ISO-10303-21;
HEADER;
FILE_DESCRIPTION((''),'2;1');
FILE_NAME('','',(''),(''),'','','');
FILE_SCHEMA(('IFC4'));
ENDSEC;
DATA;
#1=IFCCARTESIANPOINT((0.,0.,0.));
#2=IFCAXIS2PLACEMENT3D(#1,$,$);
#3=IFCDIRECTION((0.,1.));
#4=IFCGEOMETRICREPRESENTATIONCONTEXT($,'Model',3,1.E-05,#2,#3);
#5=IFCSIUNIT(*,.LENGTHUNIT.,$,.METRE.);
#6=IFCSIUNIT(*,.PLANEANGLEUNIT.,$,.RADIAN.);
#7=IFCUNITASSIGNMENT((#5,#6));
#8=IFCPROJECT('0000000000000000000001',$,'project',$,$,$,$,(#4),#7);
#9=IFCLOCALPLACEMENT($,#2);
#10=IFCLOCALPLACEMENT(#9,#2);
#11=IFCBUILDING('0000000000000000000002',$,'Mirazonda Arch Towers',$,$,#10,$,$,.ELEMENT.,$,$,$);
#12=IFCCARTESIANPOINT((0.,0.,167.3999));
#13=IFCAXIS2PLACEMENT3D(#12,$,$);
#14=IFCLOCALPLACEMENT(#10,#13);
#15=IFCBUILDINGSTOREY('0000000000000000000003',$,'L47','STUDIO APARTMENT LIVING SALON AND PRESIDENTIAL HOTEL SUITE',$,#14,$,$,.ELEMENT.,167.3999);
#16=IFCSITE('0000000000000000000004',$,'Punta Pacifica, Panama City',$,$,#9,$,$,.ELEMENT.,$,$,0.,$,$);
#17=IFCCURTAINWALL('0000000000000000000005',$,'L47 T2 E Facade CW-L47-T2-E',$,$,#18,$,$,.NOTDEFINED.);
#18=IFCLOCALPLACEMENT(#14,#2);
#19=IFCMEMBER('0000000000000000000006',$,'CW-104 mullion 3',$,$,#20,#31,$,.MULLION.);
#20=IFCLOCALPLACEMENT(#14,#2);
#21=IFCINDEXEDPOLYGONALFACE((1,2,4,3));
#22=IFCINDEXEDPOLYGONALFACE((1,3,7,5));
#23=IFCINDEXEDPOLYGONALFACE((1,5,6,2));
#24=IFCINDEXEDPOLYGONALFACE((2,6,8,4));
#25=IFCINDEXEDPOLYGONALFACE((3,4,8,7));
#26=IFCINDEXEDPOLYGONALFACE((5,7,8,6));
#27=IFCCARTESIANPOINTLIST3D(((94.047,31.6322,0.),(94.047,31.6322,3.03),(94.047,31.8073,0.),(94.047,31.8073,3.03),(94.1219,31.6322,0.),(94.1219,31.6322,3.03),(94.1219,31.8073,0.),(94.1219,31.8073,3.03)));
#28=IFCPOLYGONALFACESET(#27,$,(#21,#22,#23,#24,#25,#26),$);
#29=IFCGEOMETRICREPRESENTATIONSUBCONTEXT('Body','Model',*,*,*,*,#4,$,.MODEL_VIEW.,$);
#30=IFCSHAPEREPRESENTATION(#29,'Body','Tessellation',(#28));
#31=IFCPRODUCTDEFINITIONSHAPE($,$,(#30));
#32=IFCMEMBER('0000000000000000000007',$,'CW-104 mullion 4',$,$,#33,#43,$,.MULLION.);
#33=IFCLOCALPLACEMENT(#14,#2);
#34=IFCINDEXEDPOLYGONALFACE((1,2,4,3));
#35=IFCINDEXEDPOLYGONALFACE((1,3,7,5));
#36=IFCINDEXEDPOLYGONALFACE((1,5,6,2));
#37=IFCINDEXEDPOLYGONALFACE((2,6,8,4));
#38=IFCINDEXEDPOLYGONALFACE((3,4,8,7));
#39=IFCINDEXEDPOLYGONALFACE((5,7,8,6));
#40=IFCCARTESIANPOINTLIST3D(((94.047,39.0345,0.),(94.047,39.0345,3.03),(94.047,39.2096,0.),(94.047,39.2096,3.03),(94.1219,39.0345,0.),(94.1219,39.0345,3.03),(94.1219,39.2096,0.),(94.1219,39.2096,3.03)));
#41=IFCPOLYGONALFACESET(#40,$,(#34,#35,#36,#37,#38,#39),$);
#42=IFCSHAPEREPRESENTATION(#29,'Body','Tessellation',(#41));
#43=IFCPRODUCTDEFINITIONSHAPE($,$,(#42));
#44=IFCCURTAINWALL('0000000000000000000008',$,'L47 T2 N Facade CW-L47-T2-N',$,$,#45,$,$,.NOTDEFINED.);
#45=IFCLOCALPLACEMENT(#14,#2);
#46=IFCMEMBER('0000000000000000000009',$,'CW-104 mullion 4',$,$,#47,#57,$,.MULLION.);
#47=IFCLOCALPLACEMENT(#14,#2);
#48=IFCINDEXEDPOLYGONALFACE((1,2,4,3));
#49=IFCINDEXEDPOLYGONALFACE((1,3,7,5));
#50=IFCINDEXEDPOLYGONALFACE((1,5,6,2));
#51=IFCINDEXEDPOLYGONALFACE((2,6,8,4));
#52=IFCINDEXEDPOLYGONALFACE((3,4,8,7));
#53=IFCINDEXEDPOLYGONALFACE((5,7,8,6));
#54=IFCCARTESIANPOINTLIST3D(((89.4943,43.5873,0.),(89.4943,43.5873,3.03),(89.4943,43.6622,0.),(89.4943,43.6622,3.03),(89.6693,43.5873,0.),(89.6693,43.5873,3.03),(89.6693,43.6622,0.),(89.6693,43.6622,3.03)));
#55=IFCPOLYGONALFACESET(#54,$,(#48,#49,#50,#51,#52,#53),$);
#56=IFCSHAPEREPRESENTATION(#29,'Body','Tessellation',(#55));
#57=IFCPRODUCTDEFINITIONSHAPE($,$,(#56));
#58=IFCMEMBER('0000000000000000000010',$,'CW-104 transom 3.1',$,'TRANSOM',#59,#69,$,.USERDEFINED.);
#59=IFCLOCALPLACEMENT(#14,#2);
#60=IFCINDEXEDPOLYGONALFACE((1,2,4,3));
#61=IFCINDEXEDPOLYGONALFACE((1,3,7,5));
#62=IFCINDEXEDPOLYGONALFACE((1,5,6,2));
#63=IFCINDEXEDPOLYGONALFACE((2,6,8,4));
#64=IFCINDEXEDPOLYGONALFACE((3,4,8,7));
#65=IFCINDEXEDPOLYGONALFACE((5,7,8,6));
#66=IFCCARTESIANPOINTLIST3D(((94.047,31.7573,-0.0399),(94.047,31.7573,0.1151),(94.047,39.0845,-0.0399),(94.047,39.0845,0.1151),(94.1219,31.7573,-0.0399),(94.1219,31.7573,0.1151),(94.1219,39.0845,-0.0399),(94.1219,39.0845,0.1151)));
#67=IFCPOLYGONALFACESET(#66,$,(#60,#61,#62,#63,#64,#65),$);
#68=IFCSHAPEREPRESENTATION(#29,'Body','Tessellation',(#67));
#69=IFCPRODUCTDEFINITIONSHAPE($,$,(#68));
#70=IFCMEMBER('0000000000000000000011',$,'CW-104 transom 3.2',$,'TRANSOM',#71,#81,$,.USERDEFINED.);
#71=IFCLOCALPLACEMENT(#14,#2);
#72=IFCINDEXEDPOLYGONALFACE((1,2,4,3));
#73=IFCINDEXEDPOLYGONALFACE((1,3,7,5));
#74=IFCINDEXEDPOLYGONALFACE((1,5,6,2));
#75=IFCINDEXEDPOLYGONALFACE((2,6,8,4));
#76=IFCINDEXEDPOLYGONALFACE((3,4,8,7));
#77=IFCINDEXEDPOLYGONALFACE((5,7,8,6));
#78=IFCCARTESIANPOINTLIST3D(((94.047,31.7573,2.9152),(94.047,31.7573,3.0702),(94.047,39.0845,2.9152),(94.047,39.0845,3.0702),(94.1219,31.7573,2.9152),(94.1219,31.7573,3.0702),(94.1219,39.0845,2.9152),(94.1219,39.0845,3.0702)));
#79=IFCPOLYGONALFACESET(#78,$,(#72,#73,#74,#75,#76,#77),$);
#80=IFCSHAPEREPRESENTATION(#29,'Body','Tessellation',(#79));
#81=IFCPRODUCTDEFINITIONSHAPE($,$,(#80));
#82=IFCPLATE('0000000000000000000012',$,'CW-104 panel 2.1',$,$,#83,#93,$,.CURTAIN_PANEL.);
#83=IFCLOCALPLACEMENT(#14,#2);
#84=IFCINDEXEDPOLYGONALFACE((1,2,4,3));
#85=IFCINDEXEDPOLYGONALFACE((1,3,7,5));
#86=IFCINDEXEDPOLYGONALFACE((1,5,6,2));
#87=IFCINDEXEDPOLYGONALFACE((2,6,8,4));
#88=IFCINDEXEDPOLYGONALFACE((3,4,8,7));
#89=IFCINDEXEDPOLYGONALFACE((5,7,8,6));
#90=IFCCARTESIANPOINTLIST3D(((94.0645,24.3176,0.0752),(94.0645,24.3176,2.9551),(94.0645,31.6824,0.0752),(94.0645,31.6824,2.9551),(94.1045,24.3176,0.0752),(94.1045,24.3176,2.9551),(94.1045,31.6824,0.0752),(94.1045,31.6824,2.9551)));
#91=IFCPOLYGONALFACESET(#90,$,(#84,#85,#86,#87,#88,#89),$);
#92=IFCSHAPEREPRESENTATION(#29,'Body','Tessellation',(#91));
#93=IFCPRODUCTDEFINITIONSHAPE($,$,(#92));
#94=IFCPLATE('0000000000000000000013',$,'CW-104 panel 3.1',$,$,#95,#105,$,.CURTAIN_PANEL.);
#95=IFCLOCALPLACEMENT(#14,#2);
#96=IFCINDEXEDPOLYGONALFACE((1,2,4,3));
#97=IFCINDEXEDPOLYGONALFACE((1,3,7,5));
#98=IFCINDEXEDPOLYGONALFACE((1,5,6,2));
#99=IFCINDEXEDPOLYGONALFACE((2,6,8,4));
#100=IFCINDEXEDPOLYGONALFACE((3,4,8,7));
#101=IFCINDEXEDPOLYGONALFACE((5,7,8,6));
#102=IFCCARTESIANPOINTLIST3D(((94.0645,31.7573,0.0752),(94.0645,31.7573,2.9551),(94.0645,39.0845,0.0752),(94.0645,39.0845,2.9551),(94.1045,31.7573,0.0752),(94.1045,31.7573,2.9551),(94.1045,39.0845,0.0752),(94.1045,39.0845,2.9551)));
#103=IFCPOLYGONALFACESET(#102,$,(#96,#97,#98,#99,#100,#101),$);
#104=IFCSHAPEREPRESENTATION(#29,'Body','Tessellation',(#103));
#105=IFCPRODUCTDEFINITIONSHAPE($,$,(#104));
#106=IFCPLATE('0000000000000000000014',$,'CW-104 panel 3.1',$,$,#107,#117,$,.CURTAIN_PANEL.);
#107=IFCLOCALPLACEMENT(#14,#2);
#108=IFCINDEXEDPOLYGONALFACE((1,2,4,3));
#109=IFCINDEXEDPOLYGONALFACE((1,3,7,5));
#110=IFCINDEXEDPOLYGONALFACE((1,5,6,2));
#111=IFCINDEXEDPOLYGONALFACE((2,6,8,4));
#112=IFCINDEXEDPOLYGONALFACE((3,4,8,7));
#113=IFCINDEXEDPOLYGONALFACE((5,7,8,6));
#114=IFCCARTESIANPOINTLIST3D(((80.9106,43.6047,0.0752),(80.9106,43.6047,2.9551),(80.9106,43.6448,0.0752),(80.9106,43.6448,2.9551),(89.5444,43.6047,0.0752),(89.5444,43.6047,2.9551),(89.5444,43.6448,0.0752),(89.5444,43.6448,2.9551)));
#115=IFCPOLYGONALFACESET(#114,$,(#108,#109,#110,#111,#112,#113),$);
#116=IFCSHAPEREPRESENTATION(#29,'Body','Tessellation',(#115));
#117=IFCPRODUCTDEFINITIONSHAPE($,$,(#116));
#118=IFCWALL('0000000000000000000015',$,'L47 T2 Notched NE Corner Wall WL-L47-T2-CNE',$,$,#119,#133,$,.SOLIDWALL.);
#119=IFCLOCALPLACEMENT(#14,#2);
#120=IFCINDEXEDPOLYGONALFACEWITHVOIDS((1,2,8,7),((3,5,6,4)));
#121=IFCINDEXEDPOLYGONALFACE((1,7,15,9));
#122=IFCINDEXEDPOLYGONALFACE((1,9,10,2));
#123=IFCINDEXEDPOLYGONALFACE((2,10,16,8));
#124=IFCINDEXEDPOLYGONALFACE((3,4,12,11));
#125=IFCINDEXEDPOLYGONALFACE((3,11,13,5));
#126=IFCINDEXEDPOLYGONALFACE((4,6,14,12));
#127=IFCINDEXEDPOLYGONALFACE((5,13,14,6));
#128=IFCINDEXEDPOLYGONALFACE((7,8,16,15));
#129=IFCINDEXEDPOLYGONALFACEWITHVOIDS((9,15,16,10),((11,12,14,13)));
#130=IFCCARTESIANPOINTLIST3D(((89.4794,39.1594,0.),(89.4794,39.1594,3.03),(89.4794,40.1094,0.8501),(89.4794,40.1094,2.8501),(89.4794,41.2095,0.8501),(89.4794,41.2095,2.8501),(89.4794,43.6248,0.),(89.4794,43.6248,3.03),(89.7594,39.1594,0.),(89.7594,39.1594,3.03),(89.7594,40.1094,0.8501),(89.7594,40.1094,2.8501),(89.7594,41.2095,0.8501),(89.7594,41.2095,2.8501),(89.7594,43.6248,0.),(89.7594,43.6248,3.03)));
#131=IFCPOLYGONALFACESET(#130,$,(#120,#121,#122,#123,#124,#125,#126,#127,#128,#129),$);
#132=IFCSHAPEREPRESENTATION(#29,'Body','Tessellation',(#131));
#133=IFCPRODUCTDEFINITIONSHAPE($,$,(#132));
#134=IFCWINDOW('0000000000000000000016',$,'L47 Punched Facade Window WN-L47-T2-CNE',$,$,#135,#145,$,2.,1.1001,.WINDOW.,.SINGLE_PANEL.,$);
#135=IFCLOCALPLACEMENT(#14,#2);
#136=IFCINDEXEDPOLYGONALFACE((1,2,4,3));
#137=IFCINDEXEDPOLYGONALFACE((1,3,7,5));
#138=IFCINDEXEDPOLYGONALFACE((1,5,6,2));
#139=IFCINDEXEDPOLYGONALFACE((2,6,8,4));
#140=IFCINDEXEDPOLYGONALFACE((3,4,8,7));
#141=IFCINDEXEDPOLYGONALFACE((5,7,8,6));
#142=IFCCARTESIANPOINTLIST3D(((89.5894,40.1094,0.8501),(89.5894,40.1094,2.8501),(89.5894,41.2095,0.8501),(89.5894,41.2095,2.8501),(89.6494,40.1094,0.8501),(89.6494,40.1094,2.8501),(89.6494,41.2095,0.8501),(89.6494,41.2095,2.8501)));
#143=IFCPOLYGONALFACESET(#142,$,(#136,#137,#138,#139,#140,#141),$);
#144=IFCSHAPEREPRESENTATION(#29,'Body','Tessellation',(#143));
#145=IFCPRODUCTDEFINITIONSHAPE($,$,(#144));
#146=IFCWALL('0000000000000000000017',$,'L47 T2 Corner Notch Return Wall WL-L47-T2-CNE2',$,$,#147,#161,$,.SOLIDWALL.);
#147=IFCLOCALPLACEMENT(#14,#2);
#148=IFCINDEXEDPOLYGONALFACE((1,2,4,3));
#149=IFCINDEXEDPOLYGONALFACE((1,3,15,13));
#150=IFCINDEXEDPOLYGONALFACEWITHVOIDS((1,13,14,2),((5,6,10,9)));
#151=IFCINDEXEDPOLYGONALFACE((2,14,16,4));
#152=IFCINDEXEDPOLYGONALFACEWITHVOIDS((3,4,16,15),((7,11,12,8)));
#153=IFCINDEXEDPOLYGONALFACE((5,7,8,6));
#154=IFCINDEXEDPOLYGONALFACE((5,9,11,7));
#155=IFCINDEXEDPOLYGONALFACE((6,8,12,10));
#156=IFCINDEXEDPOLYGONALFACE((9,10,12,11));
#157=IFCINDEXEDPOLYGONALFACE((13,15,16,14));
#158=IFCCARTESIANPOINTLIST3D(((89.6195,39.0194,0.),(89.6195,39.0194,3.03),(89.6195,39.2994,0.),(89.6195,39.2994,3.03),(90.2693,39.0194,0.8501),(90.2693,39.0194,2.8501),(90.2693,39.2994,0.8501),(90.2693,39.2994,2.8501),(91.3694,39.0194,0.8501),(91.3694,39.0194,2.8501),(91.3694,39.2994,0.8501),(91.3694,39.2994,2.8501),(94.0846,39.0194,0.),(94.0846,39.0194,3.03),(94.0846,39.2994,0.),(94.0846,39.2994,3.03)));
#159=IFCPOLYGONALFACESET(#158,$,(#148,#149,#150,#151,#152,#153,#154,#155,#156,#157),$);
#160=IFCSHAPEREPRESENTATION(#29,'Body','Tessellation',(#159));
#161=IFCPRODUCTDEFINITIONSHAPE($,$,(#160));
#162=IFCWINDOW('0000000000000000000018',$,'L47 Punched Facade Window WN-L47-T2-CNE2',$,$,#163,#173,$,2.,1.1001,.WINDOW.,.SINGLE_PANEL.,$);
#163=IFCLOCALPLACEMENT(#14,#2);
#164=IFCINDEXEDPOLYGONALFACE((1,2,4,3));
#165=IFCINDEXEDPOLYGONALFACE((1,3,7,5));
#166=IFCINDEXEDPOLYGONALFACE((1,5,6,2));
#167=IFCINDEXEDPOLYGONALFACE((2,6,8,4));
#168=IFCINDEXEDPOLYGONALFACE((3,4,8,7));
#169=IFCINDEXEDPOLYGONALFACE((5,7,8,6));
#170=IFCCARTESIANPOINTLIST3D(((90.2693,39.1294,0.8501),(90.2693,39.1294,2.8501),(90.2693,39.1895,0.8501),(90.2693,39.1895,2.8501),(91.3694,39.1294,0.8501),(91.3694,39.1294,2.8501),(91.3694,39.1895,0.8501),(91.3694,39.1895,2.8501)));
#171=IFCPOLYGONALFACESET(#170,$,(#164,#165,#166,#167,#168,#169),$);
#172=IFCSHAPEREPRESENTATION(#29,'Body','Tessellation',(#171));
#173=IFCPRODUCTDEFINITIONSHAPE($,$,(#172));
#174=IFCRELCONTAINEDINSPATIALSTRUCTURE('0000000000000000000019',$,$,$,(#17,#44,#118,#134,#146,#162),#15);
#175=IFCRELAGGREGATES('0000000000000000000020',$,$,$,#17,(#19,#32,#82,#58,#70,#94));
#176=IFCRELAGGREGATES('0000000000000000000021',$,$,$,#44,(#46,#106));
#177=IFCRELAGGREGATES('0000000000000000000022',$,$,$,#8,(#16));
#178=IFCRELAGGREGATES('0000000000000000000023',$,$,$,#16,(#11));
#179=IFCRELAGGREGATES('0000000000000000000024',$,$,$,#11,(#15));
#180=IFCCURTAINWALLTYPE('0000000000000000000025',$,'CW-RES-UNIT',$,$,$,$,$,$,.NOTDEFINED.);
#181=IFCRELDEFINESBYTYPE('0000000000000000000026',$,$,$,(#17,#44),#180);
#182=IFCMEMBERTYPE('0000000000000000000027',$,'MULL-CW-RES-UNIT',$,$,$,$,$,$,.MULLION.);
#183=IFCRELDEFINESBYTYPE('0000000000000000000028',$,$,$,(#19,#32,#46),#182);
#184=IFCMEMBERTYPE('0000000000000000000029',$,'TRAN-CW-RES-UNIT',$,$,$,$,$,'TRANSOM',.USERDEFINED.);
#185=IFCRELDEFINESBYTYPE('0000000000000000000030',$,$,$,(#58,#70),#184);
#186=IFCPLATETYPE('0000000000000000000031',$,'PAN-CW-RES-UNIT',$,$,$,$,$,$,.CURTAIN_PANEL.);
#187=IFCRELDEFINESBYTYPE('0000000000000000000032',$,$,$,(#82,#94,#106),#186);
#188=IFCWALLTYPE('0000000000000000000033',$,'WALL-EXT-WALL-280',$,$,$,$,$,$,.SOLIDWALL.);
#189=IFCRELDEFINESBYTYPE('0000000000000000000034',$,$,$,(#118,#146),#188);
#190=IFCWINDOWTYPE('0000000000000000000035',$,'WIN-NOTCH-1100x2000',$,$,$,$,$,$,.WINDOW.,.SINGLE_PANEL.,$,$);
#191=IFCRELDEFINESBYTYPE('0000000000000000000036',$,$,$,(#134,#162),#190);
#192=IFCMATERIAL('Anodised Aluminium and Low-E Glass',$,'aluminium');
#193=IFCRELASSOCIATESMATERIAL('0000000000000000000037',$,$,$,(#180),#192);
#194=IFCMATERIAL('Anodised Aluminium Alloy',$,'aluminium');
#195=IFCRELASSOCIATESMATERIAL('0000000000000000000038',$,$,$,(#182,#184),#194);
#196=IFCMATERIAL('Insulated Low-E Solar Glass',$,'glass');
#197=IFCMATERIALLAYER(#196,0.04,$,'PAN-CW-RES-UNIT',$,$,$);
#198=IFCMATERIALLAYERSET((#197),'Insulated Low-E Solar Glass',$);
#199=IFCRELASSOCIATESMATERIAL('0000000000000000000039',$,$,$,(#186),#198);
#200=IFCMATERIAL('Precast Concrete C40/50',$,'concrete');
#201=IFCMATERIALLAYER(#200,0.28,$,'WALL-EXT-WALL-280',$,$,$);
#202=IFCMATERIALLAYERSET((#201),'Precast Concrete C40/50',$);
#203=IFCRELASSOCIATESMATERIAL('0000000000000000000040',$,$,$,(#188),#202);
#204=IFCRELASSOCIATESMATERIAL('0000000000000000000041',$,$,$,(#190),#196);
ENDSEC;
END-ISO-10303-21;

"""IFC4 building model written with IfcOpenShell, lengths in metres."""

from ifc_helpers import new_model, si_unit, direction, frame, frame_2d, origin, origin_2d, place, context, subcontext, project, spatial, rectangle, extrude, material, layer, layer_set, material_profile, profile_set, type_object, element, fill, aggregate, save


model = new_model("IFC4")

# Units and contexts
model_context = context("Model", 3, precision=1e-05, world=origin(), true_north=direction((0.0, 1.0)))
body_context = subcontext(model_context, "Body", "Model", "MODEL_VIEW")
ifc_project = project(units=[si_unit("LENGTHUNIT", "METRE"), si_unit("PLANEANGLEUNIT", "RADIAN")], contexts=[model_context])

# Site, building, storey
site_placement = place(None, origin())
site = spatial("IfcSite", under=ifc_project, at=site_placement, Name="Punta Pacifica, Panama City", CompositionType="ELEMENT", RefElevation=0.0)
building_placement = place(site_placement, origin())
building = spatial("IfcBuilding", under=site, at=building_placement, Name="Mirazonda Arch Towers", CompositionType="ELEMENT")
storey_placement = place(building_placement, frame((0.0, 0.0, 167.3999)))
storey = spatial("IfcBuildingStorey", under=building, at=storey_placement, Name="L47", Description="STUDIO APARTMENT LIVING SALON AND PRESIDENTIAL HOTEL SUITE", CompositionType="ELEMENT", Elevation=167.3999)

# Curtain wall, members
ifc_material_1 = material(Name="Anodised Aluminium and Low-E Glass", Category="aluminium")
curtain_wall_type = type_object("IfcCurtainWallType", Name="CW-RES-UNIT", PredefinedType="NOTDEFINED", material=ifc_material_1)
curtain_wall_1_placement = place(storey_placement, origin())
curtain_wall_1 = element("IfcCurtainWall", 1, at=curtain_wall_1_placement, inside=storey, type_object=curtain_wall_type, Name="L47 T2 E Facade CW-L47-T2-E", PredefinedType="NOTDEFINED")
ifc_material_2 = material(Name="Anodised Aluminium Alloy", Category="aluminium")
ifc_material_profile_1 = material_profile(ifc_material_2, rectangle(XDim=0.075, YDim=0.175, at=origin_2d()), Name="ALU-MULL-75x175")
ifc_profile_set_1 = profile_set([ifc_material_profile_1], Name="Anodised Aluminium Alloy")
member_type_1 = type_object("IfcMemberType", Name="MULL-CW-RES-UNIT", PredefinedType="MULLION", material=ifc_profile_set_1)
member_1_placement = place(storey_placement, frame((94.0845, 31.7197, 0.0), z_axis=(0.0, 0.0, 1.0), x_axis=(-1.0, 0.0, 0.0)))
member_1 = element("IfcMember", 2, at=member_1_placement, type_object=member_type_1, Name="CW-104 mullion 3", PredefinedType="MULLION", context=body_context, shape_type="SweptSolid", body=[
    extrude(rectangle(XDim=0.075, YDim=0.175, at=origin_2d()), origin(), (0.0, 0.0, 1.0), 3.03),
])
member_2_placement = place(storey_placement, frame((94.0845, 39.1221, 0.0), z_axis=(0.0, 0.0, 1.0), x_axis=(-1.0, 0.0, 0.0)))
member_2 = element("IfcMember", 3, at=member_2_placement, type_object=member_type_1, Name="CW-104 mullion 4", PredefinedType="MULLION", context=body_context, shape_type="SweptSolid", body=[
    extrude(rectangle(XDim=0.075, YDim=0.175, at=origin_2d()), origin(), (0.0, 0.0, 1.0), 3.03),
])

# Curtain wall, member
curtain_wall_2_placement = place(storey_placement, origin())
curtain_wall_2 = element("IfcCurtainWall", 4, at=curtain_wall_2_placement, inside=storey, type_object=curtain_wall_type, Name="L47 T2 N Facade CW-L47-T2-N", PredefinedType="NOTDEFINED")
member_3_placement = place(storey_placement, frame((89.5818, 43.6248, 0.0), z_axis=(0.0, 0.0, 1.0), x_axis=(0.0, 1.0, 0.0)))
member_3 = element("IfcMember", 5, at=member_3_placement, type_object=member_type_1, Name="CW-104 mullion 4", PredefinedType="MULLION", context=body_context, shape_type="SweptSolid", body=[
    extrude(rectangle(XDim=0.075, YDim=0.175, at=origin_2d()), origin(), (0.0, 0.0, 1.0), 3.03),
])

# Members
ifc_material_profile_2 = material_profile(ifc_material_2, rectangle(XDim=0.075, YDim=0.155, at=origin_2d()), Name="ALU-TRAN-75x155")
ifc_profile_set_2 = profile_set([ifc_material_profile_2], Name="Anodised Aluminium Alloy")
member_type_2 = type_object("IfcMemberType", Name="TRAN-CW-RES-UNIT", ElementType="TRANSOM", PredefinedType="USERDEFINED", material=ifc_profile_set_2)
member_4_placement = place(storey_placement, frame((94.0845, 31.7573, 0.0376), z_axis=(0.0, 1.0, 0.0), x_axis=(-1.0, 0.0, 0.0)))
member_4 = element("IfcMember", 6, at=member_4_placement, type_object=member_type_2, Name="CW-104 transom 3.1", ObjectType="TRANSOM", PredefinedType="USERDEFINED", context=body_context, shape_type="SweptSolid", body=[
    extrude(rectangle(XDim=0.075, YDim=0.155, at=origin_2d()), origin(), (0.0, 0.0, 1.0), 7.3271),
])
member_5_placement = place(storey_placement, frame((94.0845, 31.7573, 2.9927), z_axis=(0.0, 1.0, 0.0), x_axis=(-1.0, 0.0, 0.0)))
member_5 = element("IfcMember", 7, at=member_5_placement, type_object=member_type_2, Name="CW-104 transom 3.2", ObjectType="TRANSOM", PredefinedType="USERDEFINED", context=body_context, shape_type="SweptSolid", body=[
    extrude(rectangle(XDim=0.075, YDim=0.155, at=origin_2d()), origin(), (0.0, 0.0, 1.0), 7.3271),
])

# Plates
ifc_material_3 = material(Name="Insulated Low-E Solar Glass", Category="glass")
ifc_layer_1 = layer(ifc_material_3, 0.04, Name="PAN-CW-RES-UNIT")
ifc_layer_set_1 = layer_set([ifc_layer_1], Name="Insulated Low-E Solar Glass")
plate_type = type_object("IfcPlateType", Name="PAN-CW-RES-UNIT", PredefinedType="CURTAIN_PANEL", material=ifc_layer_set_1)
plate_1_placement = place(storey_placement, frame((94.0845, 28.0, 0.0752), z_axis=(0.0, 0.0, 1.0), x_axis=(0.0, 1.0, 0.0)))
plate_1 = element("IfcPlate", 8, at=plate_1_placement, type_object=plate_type, Name="CW-104 panel 2.1", PredefinedType="CURTAIN_PANEL", context=body_context, shape_type="SweptSolid", body=[
    extrude(rectangle(XDim=7.3647, YDim=0.04, at=origin_2d()), origin(), (0.0, 0.0, 1.0), 2.8799),
])
plate_2_placement = place(storey_placement, frame((94.0845, 35.4209, 0.0752), z_axis=(0.0, 0.0, 1.0), x_axis=(0.0, 1.0, 0.0)))
plate_2 = element("IfcPlate", 9, at=plate_2_placement, type_object=plate_type, Name="CW-104 panel 3.1", PredefinedType="CURTAIN_PANEL", context=body_context, shape_type="SweptSolid", body=[
    extrude(rectangle(XDim=7.3271, YDim=0.04, at=origin_2d()), origin(), (0.0, 0.0, 1.0), 2.8799),
])
aggregate(curtain_wall_1, [member_1, member_2, plate_1, member_4, member_5, plate_2])
plate_3_placement = place(storey_placement, frame((85.2275, 43.6248, 0.0752), z_axis=(0.0, 0.0, 1.0), x_axis=(1.0, 0.0, 0.0)))
plate_3 = element("IfcPlate", 10, at=plate_3_placement, type_object=plate_type, Name="CW-104 panel 3.1", PredefinedType="CURTAIN_PANEL", context=body_context, shape_type="SweptSolid", body=[
    extrude(rectangle(XDim=8.6338, YDim=0.04, at=origin_2d()), origin(), (0.0, 0.0, 1.0), 2.8799),
])
aggregate(curtain_wall_2, [member_3, plate_3])

# Walls, openings, windows
ifc_material_4 = material(Name="Precast Concrete C40/50", Category="concrete")
ifc_layer_2 = layer(ifc_material_4, 0.28, Name="WALL-EXT-WALL-280")
ifc_layer_set_2 = layer_set([ifc_layer_2], Name="Precast Concrete C40/50")
wall_type_1 = type_object("IfcWallType", Name="WALL-EXT-WALL-280", PredefinedType="SOLIDWALL", material=ifc_layer_set_2)
wall_1_placement = place(storey_placement, frame((89.6194, 39.1594, 0.0), z_axis=(0.0, 0.0, 1.0), x_axis=(0.0, 1.0, 0.0)))
wall_1 = element("IfcWall", 11, at=wall_1_placement, inside=storey, type_object=wall_type_1, Name="L47 T2 Notched NE Corner Wall WL-L47-T2-CNE", PredefinedType="SOLIDWALL", context=body_context, shape_type="SweptSolid", body=[
    extrude(rectangle(XDim=4.4653, YDim=0.28, at=frame_2d((2.2327, 0.0))), origin(), (0.0, 0.0, 1.0), 3.03),
])
opening_1_placement = place(wall_1_placement, frame((0.95, 0.0, 0.8501)))
opening_1 = element("IfcOpeningElement", 12, at=opening_1_placement, cuts=wall_1, PredefinedType="OPENING", context=body_context, shape_type="SweptSolid", body=[
    extrude(rectangle(XDim=1.1001, YDim=2.0, at=frame_2d((0.55, 1.0))), frame((0.0, 0.1499, 0.0), z_axis=(0.0, -1.0, 0.0), x_axis=(1.0, 0.0, 0.0)), (0.0, 0.0, 1.0), 0.3),
])
window_type = type_object("IfcWindowType", Name="WIN-NOTCH-1100x2000", PartitioningType="SINGLE_PANEL", PredefinedType="WINDOW", material=ifc_material_3)
window_1_placement = place(opening_1_placement, origin())
window_1 = element("IfcWindow", 13, at=window_1_placement, inside=storey, type_object=window_type, Name="L47 Punched Facade Window WN-L47-T2-CNE", OverallHeight=2.0, OverallWidth=1.1001, PartitioningType="SINGLE_PANEL", PredefinedType="WINDOW", context=body_context, shape_type="SweptSolid", body=[
    extrude(rectangle(XDim=1.1001, YDim=2.0, at=frame_2d((0.55, 1.0))), frame((0.0, 0.03, 0.0), z_axis=(0.0, -1.0, 0.0), x_axis=(1.0, 0.0, 0.0)), (0.0, 0.0, 1.0), 0.0601),
])
fill(opening_1, window_1)
wall_2_placement = place(storey_placement, frame((94.0845, 39.1594, 0.0), z_axis=(0.0, 0.0, 1.0), x_axis=(-1.0, 0.0, 0.0)))
wall_2 = element("IfcWall", 14, at=wall_2_placement, inside=storey, type_object=wall_type_1, Name="L47 T2 Corner Notch Return Wall WL-L47-T2-CNE2", PredefinedType="SOLIDWALL", context=body_context, shape_type="SweptSolid", body=[
    extrude(rectangle(XDim=4.4651, YDim=0.28, at=frame_2d((2.2324, 0.0))), origin(), (0.0, 0.0, 1.0), 3.03),
])
opening_2_placement = place(wall_2_placement, frame((2.7151, 0.0, 0.8501)))
opening_2 = element("IfcOpeningElement", 15, at=opening_2_placement, cuts=wall_2, PredefinedType="OPENING", context=body_context, shape_type="SweptSolid", body=[
    extrude(rectangle(XDim=1.1001, YDim=2.0, at=frame_2d((0.55, 1.0))), frame((0.0, 0.1499, 0.0), z_axis=(0.0, -1.0, 0.0), x_axis=(1.0, 0.0, 0.0)), (0.0, 0.0, 1.0), 0.3),
])
window_2_placement = place(opening_2_placement, origin())
window_2 = element("IfcWindow", 16, at=window_2_placement, inside=storey, type_object=window_type, Name="L47 Punched Facade Window WN-L47-T2-CNE2", OverallHeight=2.0, OverallWidth=1.1001, PartitioningType="SINGLE_PANEL", PredefinedType="WINDOW", context=body_context, shape_type="SweptSolid", body=[
    extrude(rectangle(XDim=1.1001, YDim=2.0, at=frame_2d((0.55, 1.0))), frame((0.0, 0.03, 0.0), z_axis=(0.0, -1.0, 0.0), x_axis=(1.0, 0.0, 0.0)), (0.0, 0.0, 1.0), 0.0601),
])
fill(opening_2, window_2)

save(model, "model.ifc")
